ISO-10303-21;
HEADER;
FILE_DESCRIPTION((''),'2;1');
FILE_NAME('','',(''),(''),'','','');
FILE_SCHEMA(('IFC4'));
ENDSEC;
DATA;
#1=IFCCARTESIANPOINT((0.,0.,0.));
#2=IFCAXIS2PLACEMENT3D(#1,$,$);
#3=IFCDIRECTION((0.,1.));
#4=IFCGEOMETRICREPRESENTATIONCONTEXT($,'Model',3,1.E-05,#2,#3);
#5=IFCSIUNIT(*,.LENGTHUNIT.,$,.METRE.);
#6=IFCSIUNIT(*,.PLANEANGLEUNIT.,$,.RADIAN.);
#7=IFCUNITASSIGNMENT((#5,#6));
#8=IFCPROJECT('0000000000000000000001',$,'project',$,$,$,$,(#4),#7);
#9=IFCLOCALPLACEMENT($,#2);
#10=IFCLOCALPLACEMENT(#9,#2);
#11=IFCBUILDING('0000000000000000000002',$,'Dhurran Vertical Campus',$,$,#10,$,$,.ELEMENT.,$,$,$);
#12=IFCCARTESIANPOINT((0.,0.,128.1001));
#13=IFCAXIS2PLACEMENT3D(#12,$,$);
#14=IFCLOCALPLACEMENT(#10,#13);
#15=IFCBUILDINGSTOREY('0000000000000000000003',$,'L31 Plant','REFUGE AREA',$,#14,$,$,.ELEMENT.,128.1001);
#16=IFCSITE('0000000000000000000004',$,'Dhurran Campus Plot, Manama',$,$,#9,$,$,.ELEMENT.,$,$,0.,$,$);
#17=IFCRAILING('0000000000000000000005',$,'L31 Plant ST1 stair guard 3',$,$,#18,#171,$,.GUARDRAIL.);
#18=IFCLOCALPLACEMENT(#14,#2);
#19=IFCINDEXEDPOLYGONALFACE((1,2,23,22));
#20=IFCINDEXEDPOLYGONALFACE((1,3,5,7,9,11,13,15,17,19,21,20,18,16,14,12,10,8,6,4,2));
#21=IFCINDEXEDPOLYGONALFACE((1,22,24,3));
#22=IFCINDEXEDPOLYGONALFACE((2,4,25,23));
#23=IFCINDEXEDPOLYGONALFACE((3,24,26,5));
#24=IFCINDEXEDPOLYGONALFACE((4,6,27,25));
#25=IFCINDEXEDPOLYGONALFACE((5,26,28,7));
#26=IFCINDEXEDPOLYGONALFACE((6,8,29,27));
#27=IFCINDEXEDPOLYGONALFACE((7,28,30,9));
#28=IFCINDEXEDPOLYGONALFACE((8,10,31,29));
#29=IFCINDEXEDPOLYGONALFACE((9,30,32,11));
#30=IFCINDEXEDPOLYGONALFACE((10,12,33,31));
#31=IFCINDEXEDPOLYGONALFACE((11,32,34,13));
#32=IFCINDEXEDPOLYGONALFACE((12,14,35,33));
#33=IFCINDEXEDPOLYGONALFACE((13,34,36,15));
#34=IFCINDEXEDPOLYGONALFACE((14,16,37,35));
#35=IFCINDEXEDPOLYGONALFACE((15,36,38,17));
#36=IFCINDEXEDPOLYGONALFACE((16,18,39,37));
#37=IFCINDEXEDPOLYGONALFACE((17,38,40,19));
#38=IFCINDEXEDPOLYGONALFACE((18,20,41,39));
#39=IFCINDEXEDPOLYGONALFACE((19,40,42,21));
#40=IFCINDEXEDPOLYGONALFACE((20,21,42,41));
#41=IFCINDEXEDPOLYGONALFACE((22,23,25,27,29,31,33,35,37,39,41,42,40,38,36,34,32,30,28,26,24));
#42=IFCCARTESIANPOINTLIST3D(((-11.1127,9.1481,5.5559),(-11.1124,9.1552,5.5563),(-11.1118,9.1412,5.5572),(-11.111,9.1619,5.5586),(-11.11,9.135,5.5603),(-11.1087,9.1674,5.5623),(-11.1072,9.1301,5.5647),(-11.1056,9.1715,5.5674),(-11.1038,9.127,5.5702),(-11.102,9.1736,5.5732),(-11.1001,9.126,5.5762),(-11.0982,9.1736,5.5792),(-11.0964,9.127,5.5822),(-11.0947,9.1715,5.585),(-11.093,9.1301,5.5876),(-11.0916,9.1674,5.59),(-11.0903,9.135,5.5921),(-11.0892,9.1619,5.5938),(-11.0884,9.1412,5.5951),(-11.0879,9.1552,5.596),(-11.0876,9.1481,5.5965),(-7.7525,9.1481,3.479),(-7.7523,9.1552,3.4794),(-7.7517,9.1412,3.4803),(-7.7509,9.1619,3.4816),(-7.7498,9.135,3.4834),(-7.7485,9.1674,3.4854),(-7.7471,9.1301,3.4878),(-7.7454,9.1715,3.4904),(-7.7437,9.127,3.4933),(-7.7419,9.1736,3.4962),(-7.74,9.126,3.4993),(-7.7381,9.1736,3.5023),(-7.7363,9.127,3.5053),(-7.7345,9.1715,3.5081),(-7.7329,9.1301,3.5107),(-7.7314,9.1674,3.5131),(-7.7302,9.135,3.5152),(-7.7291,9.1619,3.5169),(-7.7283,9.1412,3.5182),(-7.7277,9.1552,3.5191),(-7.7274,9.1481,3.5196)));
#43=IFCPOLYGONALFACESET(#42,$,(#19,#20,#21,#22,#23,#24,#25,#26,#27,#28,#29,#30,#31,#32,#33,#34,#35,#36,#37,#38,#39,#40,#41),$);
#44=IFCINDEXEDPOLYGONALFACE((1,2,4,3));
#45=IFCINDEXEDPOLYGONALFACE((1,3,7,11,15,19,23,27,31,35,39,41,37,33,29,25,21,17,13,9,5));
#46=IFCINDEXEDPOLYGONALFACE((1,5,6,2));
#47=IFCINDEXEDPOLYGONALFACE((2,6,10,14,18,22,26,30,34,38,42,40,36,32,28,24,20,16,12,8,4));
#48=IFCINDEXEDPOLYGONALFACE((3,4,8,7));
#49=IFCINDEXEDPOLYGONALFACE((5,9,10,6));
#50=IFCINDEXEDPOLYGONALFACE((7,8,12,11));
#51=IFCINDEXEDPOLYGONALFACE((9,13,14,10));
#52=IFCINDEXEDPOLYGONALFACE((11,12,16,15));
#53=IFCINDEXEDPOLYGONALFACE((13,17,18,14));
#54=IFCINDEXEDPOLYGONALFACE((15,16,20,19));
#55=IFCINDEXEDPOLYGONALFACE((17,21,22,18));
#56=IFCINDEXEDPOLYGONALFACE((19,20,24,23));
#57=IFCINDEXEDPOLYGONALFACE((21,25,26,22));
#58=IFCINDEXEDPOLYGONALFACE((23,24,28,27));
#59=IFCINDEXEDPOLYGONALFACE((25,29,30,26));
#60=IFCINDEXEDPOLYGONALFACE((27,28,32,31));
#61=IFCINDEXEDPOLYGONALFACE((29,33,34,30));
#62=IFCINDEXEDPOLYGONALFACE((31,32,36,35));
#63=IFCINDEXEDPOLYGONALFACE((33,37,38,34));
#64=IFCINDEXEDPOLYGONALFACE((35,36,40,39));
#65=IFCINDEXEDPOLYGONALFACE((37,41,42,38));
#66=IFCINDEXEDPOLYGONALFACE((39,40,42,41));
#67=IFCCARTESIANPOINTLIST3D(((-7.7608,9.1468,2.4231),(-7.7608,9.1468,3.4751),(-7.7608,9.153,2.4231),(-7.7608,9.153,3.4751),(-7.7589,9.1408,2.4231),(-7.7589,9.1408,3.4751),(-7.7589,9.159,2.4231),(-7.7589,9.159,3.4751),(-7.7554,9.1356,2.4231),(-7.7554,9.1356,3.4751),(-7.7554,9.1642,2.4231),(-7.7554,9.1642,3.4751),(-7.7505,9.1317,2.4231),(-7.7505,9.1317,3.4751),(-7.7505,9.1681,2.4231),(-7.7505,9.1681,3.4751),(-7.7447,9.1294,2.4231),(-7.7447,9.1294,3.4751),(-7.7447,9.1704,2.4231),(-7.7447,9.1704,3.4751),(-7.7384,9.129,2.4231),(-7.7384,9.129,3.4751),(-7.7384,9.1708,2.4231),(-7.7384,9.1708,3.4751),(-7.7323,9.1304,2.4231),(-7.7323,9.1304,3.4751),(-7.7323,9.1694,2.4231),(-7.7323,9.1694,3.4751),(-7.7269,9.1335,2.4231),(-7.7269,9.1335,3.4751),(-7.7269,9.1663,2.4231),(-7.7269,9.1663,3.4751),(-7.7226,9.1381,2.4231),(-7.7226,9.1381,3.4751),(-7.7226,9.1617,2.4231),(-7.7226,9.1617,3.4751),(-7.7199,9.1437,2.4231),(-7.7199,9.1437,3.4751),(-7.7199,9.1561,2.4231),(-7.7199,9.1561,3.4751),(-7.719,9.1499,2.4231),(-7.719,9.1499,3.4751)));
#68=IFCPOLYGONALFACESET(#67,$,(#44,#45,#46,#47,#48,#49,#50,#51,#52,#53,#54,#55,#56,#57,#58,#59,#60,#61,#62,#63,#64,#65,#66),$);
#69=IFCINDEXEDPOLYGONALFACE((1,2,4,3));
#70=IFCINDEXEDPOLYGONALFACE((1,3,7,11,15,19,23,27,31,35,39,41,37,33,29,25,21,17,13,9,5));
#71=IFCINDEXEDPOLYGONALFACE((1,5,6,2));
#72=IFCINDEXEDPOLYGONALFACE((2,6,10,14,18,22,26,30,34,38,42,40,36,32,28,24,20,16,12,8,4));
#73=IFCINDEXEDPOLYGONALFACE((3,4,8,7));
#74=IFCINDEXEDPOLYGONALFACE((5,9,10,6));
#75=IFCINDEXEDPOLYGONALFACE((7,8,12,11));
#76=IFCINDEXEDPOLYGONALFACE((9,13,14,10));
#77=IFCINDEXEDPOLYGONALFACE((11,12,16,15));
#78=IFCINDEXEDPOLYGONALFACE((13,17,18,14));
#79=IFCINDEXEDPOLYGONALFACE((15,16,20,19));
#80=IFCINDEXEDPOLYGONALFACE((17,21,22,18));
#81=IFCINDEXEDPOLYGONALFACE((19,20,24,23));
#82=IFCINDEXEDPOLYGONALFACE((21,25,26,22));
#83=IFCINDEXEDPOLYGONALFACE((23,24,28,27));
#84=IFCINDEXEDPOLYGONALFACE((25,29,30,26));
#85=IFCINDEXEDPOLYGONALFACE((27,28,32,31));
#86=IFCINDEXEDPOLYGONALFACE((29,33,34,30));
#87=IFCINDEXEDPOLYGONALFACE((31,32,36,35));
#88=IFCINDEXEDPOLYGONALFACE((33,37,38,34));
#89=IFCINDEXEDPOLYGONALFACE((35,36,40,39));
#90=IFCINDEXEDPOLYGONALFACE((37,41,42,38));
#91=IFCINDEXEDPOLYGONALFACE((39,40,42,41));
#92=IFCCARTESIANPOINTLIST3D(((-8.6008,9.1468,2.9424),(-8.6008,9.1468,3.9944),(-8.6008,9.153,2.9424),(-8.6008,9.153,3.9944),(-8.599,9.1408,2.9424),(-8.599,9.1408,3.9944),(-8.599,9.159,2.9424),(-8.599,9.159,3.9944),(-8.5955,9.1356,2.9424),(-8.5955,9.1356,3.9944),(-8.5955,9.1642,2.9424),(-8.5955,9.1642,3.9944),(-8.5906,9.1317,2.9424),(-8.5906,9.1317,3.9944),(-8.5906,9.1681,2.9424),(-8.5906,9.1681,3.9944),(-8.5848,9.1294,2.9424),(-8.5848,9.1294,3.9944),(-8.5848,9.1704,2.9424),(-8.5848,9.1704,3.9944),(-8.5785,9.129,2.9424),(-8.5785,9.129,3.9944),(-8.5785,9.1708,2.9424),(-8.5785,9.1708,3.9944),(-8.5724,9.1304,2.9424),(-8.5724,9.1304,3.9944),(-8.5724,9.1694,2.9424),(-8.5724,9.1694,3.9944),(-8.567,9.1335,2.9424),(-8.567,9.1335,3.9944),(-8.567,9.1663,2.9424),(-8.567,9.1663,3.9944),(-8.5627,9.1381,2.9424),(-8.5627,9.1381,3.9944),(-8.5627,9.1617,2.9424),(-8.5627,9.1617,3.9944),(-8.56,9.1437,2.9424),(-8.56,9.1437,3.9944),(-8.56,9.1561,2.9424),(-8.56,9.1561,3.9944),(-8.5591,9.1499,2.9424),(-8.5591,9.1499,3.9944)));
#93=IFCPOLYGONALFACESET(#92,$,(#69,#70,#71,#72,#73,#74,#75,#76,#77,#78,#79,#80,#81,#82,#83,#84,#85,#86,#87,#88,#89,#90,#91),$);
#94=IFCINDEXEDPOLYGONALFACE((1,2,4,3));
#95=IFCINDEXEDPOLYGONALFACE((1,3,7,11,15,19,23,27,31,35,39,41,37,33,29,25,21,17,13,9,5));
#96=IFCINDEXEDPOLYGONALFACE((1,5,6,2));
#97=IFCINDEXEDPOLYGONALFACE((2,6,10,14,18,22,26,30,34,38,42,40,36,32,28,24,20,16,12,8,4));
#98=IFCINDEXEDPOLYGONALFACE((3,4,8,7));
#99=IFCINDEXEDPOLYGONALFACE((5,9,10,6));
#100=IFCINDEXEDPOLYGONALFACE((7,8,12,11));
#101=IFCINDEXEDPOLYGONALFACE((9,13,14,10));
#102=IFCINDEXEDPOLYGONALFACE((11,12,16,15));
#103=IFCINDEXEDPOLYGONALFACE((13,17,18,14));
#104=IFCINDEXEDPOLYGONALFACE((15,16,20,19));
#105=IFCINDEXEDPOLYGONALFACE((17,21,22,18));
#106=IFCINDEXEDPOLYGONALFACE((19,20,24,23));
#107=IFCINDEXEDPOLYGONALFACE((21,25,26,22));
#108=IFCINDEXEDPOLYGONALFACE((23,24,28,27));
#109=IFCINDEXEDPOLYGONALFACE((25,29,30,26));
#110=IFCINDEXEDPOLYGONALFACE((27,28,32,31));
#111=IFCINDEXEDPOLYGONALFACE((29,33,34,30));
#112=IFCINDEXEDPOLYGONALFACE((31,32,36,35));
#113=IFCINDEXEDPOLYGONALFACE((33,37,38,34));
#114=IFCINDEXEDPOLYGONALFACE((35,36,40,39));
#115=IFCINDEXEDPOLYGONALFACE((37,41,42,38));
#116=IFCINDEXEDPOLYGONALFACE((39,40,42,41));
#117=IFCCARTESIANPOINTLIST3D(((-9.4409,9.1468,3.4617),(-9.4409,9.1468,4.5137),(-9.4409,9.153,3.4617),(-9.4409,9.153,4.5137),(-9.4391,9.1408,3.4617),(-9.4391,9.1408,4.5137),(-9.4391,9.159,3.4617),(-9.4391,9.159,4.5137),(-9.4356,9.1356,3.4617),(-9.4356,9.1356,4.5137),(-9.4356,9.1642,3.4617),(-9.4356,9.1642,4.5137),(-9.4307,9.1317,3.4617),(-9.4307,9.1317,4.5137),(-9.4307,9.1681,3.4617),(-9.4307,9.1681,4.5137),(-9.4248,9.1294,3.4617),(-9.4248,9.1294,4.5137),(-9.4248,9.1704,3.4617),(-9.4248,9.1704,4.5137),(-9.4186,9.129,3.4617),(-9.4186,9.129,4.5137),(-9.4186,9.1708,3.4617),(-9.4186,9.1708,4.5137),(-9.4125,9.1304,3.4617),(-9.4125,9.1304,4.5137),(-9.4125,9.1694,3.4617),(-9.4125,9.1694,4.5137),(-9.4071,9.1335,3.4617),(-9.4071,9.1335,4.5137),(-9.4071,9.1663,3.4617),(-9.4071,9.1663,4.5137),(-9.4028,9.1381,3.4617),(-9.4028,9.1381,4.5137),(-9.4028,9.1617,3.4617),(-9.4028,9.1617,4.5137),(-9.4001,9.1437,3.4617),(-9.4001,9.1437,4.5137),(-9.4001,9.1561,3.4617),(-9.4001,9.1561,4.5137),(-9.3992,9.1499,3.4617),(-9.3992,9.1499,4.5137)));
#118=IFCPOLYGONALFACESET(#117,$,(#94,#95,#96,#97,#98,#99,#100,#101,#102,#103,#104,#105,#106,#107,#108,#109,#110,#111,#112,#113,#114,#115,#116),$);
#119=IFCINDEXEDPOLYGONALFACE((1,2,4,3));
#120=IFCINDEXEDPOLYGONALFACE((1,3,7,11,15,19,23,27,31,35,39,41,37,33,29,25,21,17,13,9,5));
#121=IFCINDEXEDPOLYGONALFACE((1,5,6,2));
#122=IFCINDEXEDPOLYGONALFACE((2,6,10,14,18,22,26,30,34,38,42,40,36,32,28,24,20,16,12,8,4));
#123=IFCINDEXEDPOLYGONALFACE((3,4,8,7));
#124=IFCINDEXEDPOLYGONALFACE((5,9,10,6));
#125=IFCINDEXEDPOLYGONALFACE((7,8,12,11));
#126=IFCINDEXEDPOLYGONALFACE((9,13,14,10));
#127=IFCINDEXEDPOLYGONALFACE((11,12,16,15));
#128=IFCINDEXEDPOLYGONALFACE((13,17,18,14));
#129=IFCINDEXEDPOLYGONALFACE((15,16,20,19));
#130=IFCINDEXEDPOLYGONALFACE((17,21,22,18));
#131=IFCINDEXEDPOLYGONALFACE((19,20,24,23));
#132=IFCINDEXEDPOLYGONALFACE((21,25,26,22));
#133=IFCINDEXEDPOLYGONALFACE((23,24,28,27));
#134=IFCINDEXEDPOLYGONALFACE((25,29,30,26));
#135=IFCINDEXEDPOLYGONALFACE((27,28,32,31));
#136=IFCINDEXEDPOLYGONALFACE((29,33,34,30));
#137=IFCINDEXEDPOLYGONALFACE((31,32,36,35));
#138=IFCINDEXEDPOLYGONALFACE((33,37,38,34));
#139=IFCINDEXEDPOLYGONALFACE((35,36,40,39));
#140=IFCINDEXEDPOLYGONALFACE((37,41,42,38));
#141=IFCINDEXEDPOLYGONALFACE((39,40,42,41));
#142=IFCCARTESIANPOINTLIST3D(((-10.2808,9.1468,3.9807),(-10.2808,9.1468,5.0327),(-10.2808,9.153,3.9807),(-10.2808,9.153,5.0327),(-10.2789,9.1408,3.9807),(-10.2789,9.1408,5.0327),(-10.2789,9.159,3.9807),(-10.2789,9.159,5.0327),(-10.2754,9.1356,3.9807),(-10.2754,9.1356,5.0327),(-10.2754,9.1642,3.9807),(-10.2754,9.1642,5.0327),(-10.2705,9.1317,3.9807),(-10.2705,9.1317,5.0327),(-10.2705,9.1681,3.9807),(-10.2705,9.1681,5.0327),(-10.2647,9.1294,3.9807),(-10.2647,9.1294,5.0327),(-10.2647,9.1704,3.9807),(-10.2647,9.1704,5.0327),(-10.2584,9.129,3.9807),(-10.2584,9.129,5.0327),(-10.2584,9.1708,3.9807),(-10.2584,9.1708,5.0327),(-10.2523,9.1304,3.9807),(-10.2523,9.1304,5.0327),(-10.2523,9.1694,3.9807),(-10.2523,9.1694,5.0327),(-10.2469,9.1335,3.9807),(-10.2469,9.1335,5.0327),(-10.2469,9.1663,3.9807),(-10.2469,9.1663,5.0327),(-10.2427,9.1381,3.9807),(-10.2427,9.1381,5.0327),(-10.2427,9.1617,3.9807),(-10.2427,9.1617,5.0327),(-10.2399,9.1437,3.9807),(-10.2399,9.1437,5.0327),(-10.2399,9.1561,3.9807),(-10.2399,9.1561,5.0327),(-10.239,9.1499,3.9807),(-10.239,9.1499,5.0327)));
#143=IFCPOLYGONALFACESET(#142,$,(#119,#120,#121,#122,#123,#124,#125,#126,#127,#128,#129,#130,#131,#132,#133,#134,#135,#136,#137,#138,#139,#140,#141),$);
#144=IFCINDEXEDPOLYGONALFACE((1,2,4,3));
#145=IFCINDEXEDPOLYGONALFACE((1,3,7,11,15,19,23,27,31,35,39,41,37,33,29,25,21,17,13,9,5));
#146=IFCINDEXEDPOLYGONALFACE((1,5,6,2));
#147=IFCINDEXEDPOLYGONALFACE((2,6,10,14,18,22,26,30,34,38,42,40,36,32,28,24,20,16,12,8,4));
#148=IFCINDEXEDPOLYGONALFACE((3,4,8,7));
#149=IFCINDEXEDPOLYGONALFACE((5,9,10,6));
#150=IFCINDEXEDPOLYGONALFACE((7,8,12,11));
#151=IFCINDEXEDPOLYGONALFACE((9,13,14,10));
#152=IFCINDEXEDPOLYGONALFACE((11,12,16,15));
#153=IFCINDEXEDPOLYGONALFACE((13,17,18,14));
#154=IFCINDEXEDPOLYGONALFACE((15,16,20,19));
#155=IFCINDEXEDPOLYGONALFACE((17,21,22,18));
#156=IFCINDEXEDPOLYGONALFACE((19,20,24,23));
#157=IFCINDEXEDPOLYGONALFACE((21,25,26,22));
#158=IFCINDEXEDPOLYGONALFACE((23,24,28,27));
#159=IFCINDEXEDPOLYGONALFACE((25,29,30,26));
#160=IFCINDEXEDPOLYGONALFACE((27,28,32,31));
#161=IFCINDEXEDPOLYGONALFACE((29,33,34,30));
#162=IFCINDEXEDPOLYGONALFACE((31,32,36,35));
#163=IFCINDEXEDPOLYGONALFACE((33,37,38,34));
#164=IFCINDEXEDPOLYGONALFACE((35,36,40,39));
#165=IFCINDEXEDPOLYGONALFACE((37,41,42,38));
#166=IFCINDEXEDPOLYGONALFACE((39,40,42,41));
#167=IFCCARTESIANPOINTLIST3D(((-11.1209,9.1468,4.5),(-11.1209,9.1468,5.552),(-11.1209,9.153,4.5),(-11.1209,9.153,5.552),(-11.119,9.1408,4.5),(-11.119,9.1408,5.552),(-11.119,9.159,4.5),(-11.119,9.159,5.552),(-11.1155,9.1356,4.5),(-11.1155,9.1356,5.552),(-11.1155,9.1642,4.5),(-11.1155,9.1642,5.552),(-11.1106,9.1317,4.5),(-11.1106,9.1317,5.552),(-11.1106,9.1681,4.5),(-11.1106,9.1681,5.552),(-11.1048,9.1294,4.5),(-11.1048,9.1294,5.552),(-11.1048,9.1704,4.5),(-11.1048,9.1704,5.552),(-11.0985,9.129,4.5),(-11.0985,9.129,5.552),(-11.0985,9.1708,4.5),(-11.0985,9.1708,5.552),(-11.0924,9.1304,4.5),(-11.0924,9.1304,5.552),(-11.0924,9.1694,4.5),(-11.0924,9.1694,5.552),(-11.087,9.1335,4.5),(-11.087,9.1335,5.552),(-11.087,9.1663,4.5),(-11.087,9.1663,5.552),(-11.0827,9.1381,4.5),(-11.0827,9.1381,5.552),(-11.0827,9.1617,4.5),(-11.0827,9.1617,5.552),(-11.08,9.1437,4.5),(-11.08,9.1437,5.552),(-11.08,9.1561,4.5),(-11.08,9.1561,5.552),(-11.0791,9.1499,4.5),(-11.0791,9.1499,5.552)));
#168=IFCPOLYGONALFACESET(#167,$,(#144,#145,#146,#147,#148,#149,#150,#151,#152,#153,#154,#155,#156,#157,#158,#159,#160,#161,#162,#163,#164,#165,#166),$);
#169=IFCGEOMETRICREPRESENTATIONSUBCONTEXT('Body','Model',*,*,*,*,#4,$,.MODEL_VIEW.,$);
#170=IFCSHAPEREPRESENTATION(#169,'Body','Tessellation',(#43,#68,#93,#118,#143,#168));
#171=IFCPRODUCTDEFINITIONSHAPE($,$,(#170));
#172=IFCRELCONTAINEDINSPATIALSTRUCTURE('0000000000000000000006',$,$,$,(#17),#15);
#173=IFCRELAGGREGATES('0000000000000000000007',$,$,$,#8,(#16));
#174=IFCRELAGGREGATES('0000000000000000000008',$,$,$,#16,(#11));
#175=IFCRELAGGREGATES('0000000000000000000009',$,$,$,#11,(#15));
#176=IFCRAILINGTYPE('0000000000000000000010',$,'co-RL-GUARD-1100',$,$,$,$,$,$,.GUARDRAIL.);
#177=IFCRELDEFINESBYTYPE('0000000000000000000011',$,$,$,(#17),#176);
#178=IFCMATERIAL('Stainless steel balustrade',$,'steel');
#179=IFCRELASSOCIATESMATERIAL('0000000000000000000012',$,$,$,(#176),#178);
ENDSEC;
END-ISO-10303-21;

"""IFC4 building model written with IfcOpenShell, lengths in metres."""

from ifc_helpers import new_model, si_unit, direction, frame, origin, origin_2d, place, context, subcontext, project, spatial, circle, extrude, material, type_object, element, save


model = new_model("IFC4")

# Units and contexts
model_context = context("Model", 3, precision=1e-05, world=origin(), true_north=direction((0.0, 1.0)))
body_context = subcontext(model_context, "Body", "Model", "MODEL_VIEW")
ifc_project = project(units=[si_unit("LENGTHUNIT", "METRE"), si_unit("PLANEANGLEUNIT", "RADIAN")], contexts=[model_context])

# Site, building, storey
site_placement = place(None, origin())
site = spatial("IfcSite", under=ifc_project, at=site_placement, Name="Dhurran Campus Plot, Manama", CompositionType="ELEMENT", RefElevation=0.0)
building_placement = place(site_placement, origin())
building = spatial("IfcBuilding", under=site, at=building_placement, Name="Dhurran Vertical Campus", CompositionType="ELEMENT")
storey_placement = place(building_placement, frame((0.0, 0.0, 128.1001)))
storey = spatial("IfcBuildingStorey", under=building, at=storey_placement, Name="L31 Plant", Description="REFUGE AREA", CompositionType="ELEMENT", Elevation=128.1001)

# Railing
ifc_material_1 = material(Name="Stainless steel balustrade", Category="steel")
railing_type_1 = type_object("IfcRailingType", Name="co-RL-GUARD-1100", PredefinedType="GUARDRAIL", material=ifc_material_1)
railing_1_placement = place(storey_placement, frame((-7.74, 9.1499, 2.4231)))
element("IfcRailing", 1, at=railing_1_placement, inside=storey, type_object=railing_type_1, Name="L31 Plant ST1 stair guard 3", PredefinedType="GUARDRAIL", context=body_context, shape_type="SweptSolid", body=[
    extrude(circle(Radius=0.0239, at=origin_2d()), frame((0.0, 0.0, 1.0762), z_axis=(-0.850623, 0.0, 0.525776), x_axis=(0.0, -1.0, 0.0)), (0.0, 0.0, 1.0), 3.9502),
    extrude(circle(Radius=0.021, at=origin_2d()), origin(), (0.0, 0.0, 1.0), 1.052),
    extrude(circle(Radius=0.021, at=origin_2d()), frame((-0.8401, 0.0, 0.5193)), (0.0, 0.0, 1.0), 1.052),
    extrude(circle(Radius=0.021, at=origin_2d()), frame((-1.6802, 0.0, 1.0386)), (0.0, 0.0, 1.0), 1.052),
    extrude(circle(Radius=0.021, at=origin_2d()), frame((-2.52, 0.0, 1.5576)), (0.0, 0.0, 1.0), 1.052),
    extrude(circle(Radius=0.021, at=origin_2d()), frame((-3.3601, 0.0, 2.0769)), (0.0, 0.0, 1.0), 1.052),
])

save(model, "model.ifc")
